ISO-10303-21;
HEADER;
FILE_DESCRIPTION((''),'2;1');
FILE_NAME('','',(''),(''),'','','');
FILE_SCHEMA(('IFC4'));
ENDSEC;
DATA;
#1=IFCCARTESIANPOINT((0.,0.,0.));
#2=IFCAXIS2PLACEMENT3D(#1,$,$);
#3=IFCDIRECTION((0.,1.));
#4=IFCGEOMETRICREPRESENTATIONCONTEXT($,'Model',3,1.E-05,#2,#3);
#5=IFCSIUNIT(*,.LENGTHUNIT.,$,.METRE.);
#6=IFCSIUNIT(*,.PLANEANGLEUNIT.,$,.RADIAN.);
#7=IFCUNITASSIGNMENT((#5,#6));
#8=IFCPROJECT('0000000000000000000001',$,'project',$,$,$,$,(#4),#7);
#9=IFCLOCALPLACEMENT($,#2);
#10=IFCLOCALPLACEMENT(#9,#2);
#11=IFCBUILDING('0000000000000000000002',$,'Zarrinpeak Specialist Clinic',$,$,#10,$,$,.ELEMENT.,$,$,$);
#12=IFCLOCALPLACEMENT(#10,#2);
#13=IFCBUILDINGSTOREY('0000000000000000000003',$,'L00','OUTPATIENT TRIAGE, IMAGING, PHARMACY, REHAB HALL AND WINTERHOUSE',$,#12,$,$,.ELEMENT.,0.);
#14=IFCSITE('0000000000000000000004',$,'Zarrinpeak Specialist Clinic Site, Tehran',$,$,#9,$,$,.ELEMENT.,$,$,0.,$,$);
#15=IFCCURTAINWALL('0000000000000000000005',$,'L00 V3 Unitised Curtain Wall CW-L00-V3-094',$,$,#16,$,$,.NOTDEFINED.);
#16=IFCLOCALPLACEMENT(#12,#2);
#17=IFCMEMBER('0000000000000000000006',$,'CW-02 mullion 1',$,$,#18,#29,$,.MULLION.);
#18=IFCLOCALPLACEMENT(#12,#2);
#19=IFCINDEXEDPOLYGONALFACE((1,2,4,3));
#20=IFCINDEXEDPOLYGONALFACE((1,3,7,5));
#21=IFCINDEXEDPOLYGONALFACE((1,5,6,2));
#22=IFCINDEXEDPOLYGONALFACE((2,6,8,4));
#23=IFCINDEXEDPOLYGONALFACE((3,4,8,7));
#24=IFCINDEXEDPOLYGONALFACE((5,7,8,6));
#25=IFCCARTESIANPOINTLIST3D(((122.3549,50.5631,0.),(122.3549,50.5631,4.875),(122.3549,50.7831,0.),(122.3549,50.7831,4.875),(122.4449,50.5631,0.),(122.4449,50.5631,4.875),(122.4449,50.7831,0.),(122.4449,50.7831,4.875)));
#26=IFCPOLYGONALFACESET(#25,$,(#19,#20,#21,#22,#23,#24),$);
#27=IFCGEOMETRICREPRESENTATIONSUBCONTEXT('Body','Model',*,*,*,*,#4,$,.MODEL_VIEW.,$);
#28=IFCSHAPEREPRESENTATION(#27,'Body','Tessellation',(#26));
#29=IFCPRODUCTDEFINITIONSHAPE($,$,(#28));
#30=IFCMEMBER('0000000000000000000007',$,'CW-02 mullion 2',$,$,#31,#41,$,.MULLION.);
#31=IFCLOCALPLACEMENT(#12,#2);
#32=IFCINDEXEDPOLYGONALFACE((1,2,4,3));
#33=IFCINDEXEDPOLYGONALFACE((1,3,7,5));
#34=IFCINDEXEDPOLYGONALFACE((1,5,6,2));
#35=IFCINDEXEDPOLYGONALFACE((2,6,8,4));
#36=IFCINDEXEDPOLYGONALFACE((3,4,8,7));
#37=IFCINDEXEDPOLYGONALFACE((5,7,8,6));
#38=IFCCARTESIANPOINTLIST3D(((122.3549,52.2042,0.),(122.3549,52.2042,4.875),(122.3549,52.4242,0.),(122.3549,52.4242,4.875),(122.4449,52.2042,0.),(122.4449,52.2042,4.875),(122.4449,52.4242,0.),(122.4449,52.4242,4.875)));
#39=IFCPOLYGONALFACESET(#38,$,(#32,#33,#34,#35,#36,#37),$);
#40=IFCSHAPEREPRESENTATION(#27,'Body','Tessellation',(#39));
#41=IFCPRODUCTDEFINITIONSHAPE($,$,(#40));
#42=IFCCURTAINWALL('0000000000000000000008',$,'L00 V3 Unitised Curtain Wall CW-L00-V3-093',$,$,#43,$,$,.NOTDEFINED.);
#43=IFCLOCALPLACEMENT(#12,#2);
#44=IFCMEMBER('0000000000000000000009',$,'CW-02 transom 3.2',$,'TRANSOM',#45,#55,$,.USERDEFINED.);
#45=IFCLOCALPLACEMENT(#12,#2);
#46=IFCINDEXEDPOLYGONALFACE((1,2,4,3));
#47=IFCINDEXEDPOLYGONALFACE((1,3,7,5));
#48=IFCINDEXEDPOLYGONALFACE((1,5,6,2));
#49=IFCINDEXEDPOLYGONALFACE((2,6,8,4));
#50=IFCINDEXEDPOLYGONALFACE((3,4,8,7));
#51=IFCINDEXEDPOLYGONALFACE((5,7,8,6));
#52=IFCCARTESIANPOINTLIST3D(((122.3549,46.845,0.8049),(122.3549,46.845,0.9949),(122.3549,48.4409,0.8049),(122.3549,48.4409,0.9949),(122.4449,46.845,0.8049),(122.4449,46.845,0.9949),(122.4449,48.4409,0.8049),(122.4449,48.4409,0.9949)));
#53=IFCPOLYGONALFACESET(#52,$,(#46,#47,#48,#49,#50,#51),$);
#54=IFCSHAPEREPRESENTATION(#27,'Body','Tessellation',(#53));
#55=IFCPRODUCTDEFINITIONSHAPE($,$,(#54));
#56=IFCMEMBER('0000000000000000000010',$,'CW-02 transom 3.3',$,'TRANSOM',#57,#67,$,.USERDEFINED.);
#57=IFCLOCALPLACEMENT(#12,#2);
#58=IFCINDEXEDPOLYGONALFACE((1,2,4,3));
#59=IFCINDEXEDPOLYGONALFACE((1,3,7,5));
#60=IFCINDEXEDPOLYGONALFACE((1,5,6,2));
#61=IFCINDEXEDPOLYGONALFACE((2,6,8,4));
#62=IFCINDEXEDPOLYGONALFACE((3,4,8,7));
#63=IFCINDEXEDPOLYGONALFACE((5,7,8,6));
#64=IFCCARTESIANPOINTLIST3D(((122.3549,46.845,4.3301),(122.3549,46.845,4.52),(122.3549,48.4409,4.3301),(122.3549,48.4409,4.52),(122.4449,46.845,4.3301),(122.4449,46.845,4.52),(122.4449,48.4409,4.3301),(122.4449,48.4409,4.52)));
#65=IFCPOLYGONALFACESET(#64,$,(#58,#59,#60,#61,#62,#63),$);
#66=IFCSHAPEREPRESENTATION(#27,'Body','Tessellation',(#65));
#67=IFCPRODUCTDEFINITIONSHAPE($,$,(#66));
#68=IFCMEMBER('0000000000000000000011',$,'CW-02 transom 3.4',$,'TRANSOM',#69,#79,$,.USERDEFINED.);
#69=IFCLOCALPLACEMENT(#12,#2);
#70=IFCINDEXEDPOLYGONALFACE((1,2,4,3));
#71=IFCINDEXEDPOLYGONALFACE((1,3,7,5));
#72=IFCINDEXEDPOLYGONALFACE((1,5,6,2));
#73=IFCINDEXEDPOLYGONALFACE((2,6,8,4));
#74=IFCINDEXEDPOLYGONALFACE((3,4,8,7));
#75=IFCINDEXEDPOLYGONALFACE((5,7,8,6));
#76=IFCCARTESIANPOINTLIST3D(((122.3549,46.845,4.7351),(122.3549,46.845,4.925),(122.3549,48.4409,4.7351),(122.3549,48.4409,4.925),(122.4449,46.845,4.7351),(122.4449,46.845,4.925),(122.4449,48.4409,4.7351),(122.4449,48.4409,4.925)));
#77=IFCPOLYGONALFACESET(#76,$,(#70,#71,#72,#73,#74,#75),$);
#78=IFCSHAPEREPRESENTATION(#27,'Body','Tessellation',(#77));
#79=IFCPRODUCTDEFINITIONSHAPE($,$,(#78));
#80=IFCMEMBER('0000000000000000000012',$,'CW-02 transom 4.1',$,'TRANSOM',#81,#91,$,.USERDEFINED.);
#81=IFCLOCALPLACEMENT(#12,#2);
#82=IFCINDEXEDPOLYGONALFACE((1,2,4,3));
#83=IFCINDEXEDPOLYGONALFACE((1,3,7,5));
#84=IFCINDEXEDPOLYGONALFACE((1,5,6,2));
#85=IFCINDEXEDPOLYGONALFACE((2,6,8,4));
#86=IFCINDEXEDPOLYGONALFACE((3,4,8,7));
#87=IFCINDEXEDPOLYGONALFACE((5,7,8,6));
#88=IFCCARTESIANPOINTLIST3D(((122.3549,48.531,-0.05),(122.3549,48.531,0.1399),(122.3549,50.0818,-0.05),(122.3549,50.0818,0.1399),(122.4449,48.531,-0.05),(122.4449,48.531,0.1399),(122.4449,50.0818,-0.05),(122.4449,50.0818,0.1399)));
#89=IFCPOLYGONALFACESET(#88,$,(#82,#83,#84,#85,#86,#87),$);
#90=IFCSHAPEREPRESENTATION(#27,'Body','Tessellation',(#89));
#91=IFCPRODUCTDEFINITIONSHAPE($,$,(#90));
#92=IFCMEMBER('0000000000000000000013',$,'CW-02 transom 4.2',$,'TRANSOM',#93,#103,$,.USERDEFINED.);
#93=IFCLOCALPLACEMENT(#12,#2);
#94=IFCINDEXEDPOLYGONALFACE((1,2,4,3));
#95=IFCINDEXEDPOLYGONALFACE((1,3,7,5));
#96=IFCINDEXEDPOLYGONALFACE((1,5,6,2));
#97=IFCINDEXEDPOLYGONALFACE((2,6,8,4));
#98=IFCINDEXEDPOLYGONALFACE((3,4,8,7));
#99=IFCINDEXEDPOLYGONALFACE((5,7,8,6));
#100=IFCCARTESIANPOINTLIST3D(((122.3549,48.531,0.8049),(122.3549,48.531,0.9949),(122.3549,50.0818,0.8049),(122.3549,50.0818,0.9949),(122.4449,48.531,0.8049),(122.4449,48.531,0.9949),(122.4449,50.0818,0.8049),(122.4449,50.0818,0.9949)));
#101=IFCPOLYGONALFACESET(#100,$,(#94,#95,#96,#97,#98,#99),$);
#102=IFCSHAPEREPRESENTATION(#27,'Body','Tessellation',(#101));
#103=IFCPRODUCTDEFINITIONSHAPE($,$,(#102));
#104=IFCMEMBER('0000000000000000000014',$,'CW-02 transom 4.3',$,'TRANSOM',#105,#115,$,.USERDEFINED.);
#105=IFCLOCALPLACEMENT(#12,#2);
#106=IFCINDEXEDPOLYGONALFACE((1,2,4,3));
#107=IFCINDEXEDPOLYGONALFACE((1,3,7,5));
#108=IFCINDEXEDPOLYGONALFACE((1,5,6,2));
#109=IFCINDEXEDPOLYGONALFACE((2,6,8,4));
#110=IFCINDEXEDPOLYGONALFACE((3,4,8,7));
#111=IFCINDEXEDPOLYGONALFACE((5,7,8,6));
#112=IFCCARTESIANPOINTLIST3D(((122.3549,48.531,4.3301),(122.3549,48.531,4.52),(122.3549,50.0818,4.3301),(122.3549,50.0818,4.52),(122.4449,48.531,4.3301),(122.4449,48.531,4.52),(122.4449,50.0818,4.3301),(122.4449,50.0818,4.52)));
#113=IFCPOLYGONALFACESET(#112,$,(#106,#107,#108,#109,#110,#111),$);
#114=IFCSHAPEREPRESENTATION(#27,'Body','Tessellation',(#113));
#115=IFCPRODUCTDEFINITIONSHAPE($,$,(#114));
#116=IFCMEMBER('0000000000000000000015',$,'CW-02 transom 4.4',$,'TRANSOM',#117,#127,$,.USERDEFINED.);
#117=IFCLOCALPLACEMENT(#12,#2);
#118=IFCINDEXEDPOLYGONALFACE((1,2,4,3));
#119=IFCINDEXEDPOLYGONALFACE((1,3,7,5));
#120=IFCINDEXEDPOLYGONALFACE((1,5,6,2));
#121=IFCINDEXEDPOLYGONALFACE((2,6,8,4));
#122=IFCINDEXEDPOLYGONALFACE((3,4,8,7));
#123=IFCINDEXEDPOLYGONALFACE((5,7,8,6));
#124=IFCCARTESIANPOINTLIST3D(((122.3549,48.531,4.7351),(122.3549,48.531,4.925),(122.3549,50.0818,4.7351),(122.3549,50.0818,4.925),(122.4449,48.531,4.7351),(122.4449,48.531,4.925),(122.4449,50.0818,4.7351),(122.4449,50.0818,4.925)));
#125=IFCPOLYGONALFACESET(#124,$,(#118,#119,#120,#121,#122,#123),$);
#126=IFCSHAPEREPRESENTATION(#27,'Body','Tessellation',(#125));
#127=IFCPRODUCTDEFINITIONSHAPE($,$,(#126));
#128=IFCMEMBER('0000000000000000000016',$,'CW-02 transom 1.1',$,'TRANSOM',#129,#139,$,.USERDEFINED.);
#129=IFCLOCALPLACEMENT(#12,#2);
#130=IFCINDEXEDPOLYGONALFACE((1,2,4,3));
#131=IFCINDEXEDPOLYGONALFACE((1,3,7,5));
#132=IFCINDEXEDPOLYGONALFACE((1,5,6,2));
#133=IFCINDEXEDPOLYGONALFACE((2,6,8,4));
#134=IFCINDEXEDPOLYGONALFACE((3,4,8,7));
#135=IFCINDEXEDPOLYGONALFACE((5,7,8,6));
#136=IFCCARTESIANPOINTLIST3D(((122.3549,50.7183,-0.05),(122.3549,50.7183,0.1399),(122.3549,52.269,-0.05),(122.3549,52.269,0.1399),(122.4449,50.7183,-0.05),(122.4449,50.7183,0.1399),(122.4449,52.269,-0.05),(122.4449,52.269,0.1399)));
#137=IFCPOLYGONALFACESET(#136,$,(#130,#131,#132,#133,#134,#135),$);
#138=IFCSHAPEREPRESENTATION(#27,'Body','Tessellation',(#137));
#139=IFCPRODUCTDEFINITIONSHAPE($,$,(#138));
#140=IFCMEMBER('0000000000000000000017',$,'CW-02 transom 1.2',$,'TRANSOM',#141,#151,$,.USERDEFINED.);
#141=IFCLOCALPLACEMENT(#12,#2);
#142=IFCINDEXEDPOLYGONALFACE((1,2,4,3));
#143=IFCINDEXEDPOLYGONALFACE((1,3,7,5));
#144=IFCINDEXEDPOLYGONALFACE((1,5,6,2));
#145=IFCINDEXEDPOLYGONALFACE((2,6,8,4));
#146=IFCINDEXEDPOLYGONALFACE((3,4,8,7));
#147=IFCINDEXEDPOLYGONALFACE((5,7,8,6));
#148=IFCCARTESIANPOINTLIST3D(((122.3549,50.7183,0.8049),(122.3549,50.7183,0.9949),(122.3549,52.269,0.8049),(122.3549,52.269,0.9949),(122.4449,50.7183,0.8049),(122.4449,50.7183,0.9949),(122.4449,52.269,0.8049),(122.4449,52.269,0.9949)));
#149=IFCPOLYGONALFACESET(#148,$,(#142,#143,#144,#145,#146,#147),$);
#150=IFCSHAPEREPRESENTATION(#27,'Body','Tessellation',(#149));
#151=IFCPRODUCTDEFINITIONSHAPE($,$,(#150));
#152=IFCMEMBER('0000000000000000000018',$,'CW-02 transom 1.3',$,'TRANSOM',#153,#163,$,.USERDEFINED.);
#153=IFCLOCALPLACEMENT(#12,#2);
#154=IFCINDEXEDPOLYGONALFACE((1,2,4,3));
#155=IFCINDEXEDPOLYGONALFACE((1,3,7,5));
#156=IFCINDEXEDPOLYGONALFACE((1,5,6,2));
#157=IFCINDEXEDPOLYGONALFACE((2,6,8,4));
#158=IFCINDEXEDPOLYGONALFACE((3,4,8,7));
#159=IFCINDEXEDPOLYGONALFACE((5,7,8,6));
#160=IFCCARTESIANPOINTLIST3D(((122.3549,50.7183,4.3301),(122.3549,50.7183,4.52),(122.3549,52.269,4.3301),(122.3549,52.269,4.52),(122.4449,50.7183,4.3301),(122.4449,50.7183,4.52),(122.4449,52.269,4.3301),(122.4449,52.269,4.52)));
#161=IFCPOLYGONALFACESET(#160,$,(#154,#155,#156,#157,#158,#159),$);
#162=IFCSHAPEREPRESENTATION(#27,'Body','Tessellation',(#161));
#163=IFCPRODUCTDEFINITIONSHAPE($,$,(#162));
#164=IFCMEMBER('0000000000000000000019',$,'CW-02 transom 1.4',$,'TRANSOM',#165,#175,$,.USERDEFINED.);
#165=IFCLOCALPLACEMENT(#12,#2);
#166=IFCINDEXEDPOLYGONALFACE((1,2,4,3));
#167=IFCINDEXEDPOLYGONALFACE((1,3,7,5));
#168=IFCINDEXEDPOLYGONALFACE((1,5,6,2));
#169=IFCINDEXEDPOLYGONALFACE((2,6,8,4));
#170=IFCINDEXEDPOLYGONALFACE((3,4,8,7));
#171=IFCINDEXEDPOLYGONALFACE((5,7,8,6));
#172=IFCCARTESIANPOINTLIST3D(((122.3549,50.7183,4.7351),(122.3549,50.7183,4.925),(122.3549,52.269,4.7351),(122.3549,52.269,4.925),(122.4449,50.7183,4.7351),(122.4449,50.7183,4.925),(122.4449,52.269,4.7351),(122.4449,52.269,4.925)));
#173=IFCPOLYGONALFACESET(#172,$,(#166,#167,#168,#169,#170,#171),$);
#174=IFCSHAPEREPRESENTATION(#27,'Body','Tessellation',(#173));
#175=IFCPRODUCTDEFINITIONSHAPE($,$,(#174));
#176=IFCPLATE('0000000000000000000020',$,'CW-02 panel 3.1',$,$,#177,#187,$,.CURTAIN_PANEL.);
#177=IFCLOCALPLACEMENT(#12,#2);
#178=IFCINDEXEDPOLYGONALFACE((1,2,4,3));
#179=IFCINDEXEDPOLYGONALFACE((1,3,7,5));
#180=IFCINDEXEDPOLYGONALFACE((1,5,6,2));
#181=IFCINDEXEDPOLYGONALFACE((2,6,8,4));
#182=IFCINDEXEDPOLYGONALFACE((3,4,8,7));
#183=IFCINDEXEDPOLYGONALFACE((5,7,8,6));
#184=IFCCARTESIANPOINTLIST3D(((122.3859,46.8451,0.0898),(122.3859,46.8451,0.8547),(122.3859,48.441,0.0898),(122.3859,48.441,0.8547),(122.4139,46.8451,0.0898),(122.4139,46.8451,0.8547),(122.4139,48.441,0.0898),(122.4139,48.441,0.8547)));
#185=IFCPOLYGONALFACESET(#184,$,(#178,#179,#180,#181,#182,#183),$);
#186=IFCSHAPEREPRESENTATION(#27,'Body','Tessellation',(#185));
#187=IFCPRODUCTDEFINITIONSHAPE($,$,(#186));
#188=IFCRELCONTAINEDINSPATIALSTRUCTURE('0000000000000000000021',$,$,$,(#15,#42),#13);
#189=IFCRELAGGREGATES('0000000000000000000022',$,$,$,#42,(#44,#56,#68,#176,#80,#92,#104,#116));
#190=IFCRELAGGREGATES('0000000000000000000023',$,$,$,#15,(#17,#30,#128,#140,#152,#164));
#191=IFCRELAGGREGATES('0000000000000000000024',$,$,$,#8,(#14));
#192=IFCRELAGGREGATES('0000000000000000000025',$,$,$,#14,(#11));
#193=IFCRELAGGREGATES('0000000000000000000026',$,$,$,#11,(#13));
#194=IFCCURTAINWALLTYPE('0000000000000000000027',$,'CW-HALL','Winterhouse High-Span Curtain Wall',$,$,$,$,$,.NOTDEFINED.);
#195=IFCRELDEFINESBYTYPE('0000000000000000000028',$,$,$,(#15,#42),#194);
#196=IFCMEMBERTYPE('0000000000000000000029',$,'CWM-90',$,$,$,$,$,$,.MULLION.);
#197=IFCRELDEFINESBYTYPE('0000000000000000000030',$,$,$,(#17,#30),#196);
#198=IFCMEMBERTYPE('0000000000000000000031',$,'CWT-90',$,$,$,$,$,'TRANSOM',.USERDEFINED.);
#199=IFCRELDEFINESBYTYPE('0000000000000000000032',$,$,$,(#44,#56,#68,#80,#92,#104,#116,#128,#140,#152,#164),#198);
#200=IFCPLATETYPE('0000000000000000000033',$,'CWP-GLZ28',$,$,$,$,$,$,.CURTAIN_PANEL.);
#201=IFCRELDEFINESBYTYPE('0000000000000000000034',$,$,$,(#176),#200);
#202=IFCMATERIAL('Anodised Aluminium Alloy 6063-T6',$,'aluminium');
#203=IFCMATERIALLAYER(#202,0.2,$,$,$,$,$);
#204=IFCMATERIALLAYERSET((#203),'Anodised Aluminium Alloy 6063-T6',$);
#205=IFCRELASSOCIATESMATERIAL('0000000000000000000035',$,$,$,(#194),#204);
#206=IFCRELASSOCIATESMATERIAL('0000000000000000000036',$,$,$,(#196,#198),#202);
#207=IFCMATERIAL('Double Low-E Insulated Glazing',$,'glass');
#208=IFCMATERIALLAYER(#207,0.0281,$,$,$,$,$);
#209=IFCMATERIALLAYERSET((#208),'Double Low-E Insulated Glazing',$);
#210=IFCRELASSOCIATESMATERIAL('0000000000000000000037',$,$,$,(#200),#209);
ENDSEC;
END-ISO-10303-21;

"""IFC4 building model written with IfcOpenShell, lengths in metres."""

from ifc_helpers import new_model, si_unit, direction, frame, origin, origin_2d, place, context, subcontext, project, spatial, rectangle, extrude, material, layer, layer_set, material_profile, profile_set, type_object, element, aggregate, save


model = new_model("IFC4")

# Units and contexts
model_context = context("Model", 3, precision=1e-05, world=origin(), true_north=direction((0.0, 1.0)))
body_context = subcontext(model_context, "Body", "Model", "MODEL_VIEW")
ifc_project = project(units=[si_unit("LENGTHUNIT", "METRE"), si_unit("PLANEANGLEUNIT", "RADIAN")], contexts=[model_context])

# Site, building, storey
site_placement = place(None, origin())
site = spatial("IfcSite", under=ifc_project, at=site_placement, Name="Zarrinpeak Specialist Clinic Site, Tehran", CompositionType="ELEMENT", RefElevation=0.0)
building_placement = place(site_placement, origin())
building = spatial("IfcBuilding", under=site, at=building_placement, Name="Zarrinpeak Specialist Clinic", CompositionType="ELEMENT")
storey_placement = place(building_placement, origin())
storey = spatial("IfcBuildingStorey", under=building, at=storey_placement, Name="L00", Description="OUTPATIENT TRIAGE, IMAGING, PHARMACY, REHAB HALL AND WINTERHOUSE", CompositionType="ELEMENT", Elevation=0.0)

# Curtain walls, members
ifc_material_1 = material(Name="Anodised Aluminium Alloy 6063-T6", Category="aluminium")
ifc_layer_1 = layer(ifc_material_1, 0.2)
ifc_layer_set_1 = layer_set([ifc_layer_1], Name="Anodised Aluminium Alloy 6063-T6")
curtain_wall_type = type_object("IfcCurtainWallType", Name="CW-HALL", Description="Winterhouse High-Span Curtain Wall", PredefinedType="NOTDEFINED", material=ifc_layer_set_1)
curtain_wall_1_placement = place(storey_placement, origin())
curtain_wall_1 = element("IfcCurtainWall", 1, at=curtain_wall_1_placement, inside=storey, type_object=curtain_wall_type, Name="L00 V3 Unitised Curtain Wall CW-L00-V3-094", PredefinedType="NOTDEFINED")
ifc_material_profile_1 = material_profile(ifc_material_1, rectangle(XDim=0.0901, YDim=0.22, at=origin_2d()), Name="ALU 90x220")
ifc_profile_set_1 = profile_set([ifc_material_profile_1], Name="Anodised Aluminium Alloy 6063-T6")
member_type_1 = type_object("IfcMemberType", Name="CWM-90", PredefinedType="MULLION", material=ifc_profile_set_1)
member_1_placement = place(storey_placement, frame((122.3999, 50.6731, 0.0), z_axis=(0.0, 0.0, 1.0), x_axis=(-1.0, 0.0, 0.0)))
member_1 = element("IfcMember", 2, at=member_1_placement, type_object=member_type_1, Name="CW-02 mullion 1", PredefinedType="MULLION", context=body_context, shape_type="SweptSolid", body=[
    extrude(rectangle(XDim=0.0901, YDim=0.22, at=origin_2d()), origin(), (0.0, 0.0, 1.0), 4.875),
])
member_2_placement = place(storey_placement, frame((122.3999, 52.3142, 0.0), z_axis=(0.0, 0.0, 1.0), x_axis=(-1.0, 0.0, 0.0)))
member_2 = element("IfcMember", 3, at=member_2_placement, type_object=member_type_1, Name="CW-02 mullion 2", PredefinedType="MULLION", context=body_context, shape_type="SweptSolid", body=[
    extrude(rectangle(XDim=0.0901, YDim=0.22, at=origin_2d()), origin(), (0.0, 0.0, 1.0), 4.875),
])
curtain_wall_2_placement = place(storey_placement, origin())
curtain_wall_2 = element("IfcCurtainWall", 4, at=curtain_wall_2_placement, inside=storey, type_object=curtain_wall_type, Name="L00 V3 Unitised Curtain Wall CW-L00-V3-093", PredefinedType="NOTDEFINED")
ifc_material_profile_2 = material_profile(ifc_material_1, rectangle(XDim=0.0901, YDim=0.1899, at=origin_2d()), Name="ALU 90x190")
ifc_profile_set_2 = profile_set([ifc_material_profile_2], Name="Anodised Aluminium Alloy 6063-T6")
member_type_2 = type_object("IfcMemberType", Name="CWT-90", ElementType="TRANSOM", PredefinedType="USERDEFINED", material=ifc_profile_set_2)
member_3_placement = place(storey_placement, frame((122.3999, 46.845, 0.8999), z_axis=(0.0, 1.0, 0.0), x_axis=(-1.0, 0.0, 0.0)))
member_3 = element("IfcMember", 5, at=member_3_placement, type_object=member_type_2, Name="CW-02 transom 3.2", ObjectType="TRANSOM", PredefinedType="USERDEFINED", context=body_context, shape_type="SweptSolid", body=[
    extrude(rectangle(XDim=0.0901, YDim=0.1899, at=origin_2d()), origin(), (0.0, 0.0, 1.0), 1.5959),
])
member_4_placement = place(storey_placement, frame((122.3999, 46.845, 4.425), z_axis=(0.0, 1.0, 0.0), x_axis=(-1.0, 0.0, 0.0)))
member_4 = element("IfcMember", 6, at=member_4_placement, type_object=member_type_2, Name="CW-02 transom 3.3", ObjectType="TRANSOM", PredefinedType="USERDEFINED", context=body_context, shape_type="SweptSolid", body=[
    extrude(rectangle(XDim=0.0901, YDim=0.1899, at=origin_2d()), origin(), (0.0, 0.0, 1.0), 1.5959),
])
member_5_placement = place(storey_placement, frame((122.3999, 46.845, 4.8301), z_axis=(0.0, 1.0, 0.0), x_axis=(-1.0, 0.0, 0.0)))
member_5 = element("IfcMember", 7, at=member_5_placement, type_object=member_type_2, Name="CW-02 transom 3.4", ObjectType="TRANSOM", PredefinedType="USERDEFINED", context=body_context, shape_type="SweptSolid", body=[
    extrude(rectangle(XDim=0.0901, YDim=0.1899, at=origin_2d()), origin(), (0.0, 0.0, 1.0), 1.5959),
])
member_6_placement = place(storey_placement, frame((122.3999, 48.531, 0.0449), z_axis=(0.0, 1.0, 0.0), x_axis=(-1.0, 0.0, 0.0)))
member_6 = element("IfcMember", 8, at=member_6_placement, type_object=member_type_2, Name="CW-02 transom 4.1", ObjectType="TRANSOM", PredefinedType="USERDEFINED", context=body_context, shape_type="SweptSolid", body=[
    extrude(rectangle(XDim=0.0901, YDim=0.1899, at=origin_2d()), origin(), (0.0, 0.0, 1.0), 1.5508),
])
member_7_placement = place(storey_placement, frame((122.3999, 48.531, 0.8999), z_axis=(0.0, 1.0, 0.0), x_axis=(-1.0, 0.0, 0.0)))
member_7 = element("IfcMember", 9, at=member_7_placement, type_object=member_type_2, Name="CW-02 transom 4.2", ObjectType="TRANSOM", PredefinedType="USERDEFINED", context=body_context, shape_type="SweptSolid", body=[
    extrude(rectangle(XDim=0.0901, YDim=0.1899, at=origin_2d()), origin(), (0.0, 0.0, 1.0), 1.5508),
])
member_8_placement = place(storey_placement, frame((122.3999, 48.531, 4.425), z_axis=(0.0, 1.0, 0.0), x_axis=(-1.0, 0.0, 0.0)))
member_8 = element("IfcMember", 10, at=member_8_placement, type_object=member_type_2, Name="CW-02 transom 4.3", ObjectType="TRANSOM", PredefinedType="USERDEFINED", context=body_context, shape_type="SweptSolid", body=[
    extrude(rectangle(XDim=0.0901, YDim=0.1899, at=origin_2d()), origin(), (0.0, 0.0, 1.0), 1.5508),
])
member_9_placement = place(storey_placement, frame((122.3999, 48.531, 4.8301), z_axis=(0.0, 1.0, 0.0), x_axis=(-1.0, 0.0, 0.0)))
member_9 = element("IfcMember", 11, at=member_9_placement, type_object=member_type_2, Name="CW-02 transom 4.4", ObjectType="TRANSOM", PredefinedType="USERDEFINED", context=body_context, shape_type="SweptSolid", body=[
    extrude(rectangle(XDim=0.0901, YDim=0.1899, at=origin_2d()), origin(), (0.0, 0.0, 1.0), 1.5508),
])

# Members
member_10_placement = place(storey_placement, frame((122.3999, 50.7183, 0.0449), z_axis=(0.0, 1.0, 0.0), x_axis=(-1.0, 0.0, 0.0)))
member_10 = element("IfcMember", 12, at=member_10_placement, type_object=member_type_2, Name="CW-02 transom 1.1", ObjectType="TRANSOM", PredefinedType="USERDEFINED", context=body_context, shape_type="SweptSolid", body=[
    extrude(rectangle(XDim=0.0901, YDim=0.1899, at=origin_2d()), origin(), (0.0, 0.0, 1.0), 1.5508),
])
member_11_placement = place(storey_placement, frame((122.3999, 50.7183, 0.8999), z_axis=(0.0, 1.0, 0.0), x_axis=(-1.0, 0.0, 0.0)))
member_11 = element("IfcMember", 13, at=member_11_placement, type_object=member_type_2, Name="CW-02 transom 1.2", ObjectType="TRANSOM", PredefinedType="USERDEFINED", context=body_context, shape_type="SweptSolid", body=[
    extrude(rectangle(XDim=0.0901, YDim=0.1899, at=origin_2d()), origin(), (0.0, 0.0, 1.0), 1.5508),
])
member_12_placement = place(storey_placement, frame((122.3999, 50.7183, 4.425), z_axis=(0.0, 1.0, 0.0), x_axis=(-1.0, 0.0, 0.0)))
member_12 = element("IfcMember", 14, at=member_12_placement, type_object=member_type_2, Name="CW-02 transom 1.3", ObjectType="TRANSOM", PredefinedType="USERDEFINED", context=body_context, shape_type="SweptSolid", body=[
    extrude(rectangle(XDim=0.0901, YDim=0.1899, at=origin_2d()), origin(), (0.0, 0.0, 1.0), 1.5508),
])
member_13_placement = place(storey_placement, frame((122.3999, 50.7183, 4.8301), z_axis=(0.0, 1.0, 0.0), x_axis=(-1.0, 0.0, 0.0)))
member_13 = element("IfcMember", 15, at=member_13_placement, type_object=member_type_2, Name="CW-02 transom 1.4", ObjectType="TRANSOM", PredefinedType="USERDEFINED", context=body_context, shape_type="SweptSolid", body=[
    extrude(rectangle(XDim=0.0901, YDim=0.1899, at=origin_2d()), origin(), (0.0, 0.0, 1.0), 1.5508),
])

# Plate
ifc_material_2 = material(Name="Double Low-E Insulated Glazing", Category="glass")
ifc_layer_2 = layer(ifc_material_2, 0.0281)
ifc_layer_set_2 = layer_set([ifc_layer_2], Name="Double Low-E Insulated Glazing")
plate_type = type_object("IfcPlateType", Name="CWP-GLZ28", PredefinedType="CURTAIN_PANEL", material=ifc_layer_set_2)
plate_1_placement = place(storey_placement, frame((122.3999, 47.6431, 0.0898), z_axis=(0.0, 0.0, 1.0), x_axis=(0.0, 1.0, 0.0)))
plate_1 = element("IfcPlate", 16, at=plate_1_placement, type_object=plate_type, Name="CW-02 panel 3.1", PredefinedType="CURTAIN_PANEL", context=body_context, shape_type="SweptSolid", body=[
    extrude(rectangle(XDim=1.5959, YDim=0.0281, at=origin_2d()), origin(), (0.0, 0.0, 1.0), 0.7649),
])
aggregate(curtain_wall_2, [member_3, member_4, member_5, plate_1, member_6, member_7, member_8, member_9])
aggregate(curtain_wall_1, [member_1, member_2, member_10, member_11, member_12, member_13])

save(model, "model.ifc")
